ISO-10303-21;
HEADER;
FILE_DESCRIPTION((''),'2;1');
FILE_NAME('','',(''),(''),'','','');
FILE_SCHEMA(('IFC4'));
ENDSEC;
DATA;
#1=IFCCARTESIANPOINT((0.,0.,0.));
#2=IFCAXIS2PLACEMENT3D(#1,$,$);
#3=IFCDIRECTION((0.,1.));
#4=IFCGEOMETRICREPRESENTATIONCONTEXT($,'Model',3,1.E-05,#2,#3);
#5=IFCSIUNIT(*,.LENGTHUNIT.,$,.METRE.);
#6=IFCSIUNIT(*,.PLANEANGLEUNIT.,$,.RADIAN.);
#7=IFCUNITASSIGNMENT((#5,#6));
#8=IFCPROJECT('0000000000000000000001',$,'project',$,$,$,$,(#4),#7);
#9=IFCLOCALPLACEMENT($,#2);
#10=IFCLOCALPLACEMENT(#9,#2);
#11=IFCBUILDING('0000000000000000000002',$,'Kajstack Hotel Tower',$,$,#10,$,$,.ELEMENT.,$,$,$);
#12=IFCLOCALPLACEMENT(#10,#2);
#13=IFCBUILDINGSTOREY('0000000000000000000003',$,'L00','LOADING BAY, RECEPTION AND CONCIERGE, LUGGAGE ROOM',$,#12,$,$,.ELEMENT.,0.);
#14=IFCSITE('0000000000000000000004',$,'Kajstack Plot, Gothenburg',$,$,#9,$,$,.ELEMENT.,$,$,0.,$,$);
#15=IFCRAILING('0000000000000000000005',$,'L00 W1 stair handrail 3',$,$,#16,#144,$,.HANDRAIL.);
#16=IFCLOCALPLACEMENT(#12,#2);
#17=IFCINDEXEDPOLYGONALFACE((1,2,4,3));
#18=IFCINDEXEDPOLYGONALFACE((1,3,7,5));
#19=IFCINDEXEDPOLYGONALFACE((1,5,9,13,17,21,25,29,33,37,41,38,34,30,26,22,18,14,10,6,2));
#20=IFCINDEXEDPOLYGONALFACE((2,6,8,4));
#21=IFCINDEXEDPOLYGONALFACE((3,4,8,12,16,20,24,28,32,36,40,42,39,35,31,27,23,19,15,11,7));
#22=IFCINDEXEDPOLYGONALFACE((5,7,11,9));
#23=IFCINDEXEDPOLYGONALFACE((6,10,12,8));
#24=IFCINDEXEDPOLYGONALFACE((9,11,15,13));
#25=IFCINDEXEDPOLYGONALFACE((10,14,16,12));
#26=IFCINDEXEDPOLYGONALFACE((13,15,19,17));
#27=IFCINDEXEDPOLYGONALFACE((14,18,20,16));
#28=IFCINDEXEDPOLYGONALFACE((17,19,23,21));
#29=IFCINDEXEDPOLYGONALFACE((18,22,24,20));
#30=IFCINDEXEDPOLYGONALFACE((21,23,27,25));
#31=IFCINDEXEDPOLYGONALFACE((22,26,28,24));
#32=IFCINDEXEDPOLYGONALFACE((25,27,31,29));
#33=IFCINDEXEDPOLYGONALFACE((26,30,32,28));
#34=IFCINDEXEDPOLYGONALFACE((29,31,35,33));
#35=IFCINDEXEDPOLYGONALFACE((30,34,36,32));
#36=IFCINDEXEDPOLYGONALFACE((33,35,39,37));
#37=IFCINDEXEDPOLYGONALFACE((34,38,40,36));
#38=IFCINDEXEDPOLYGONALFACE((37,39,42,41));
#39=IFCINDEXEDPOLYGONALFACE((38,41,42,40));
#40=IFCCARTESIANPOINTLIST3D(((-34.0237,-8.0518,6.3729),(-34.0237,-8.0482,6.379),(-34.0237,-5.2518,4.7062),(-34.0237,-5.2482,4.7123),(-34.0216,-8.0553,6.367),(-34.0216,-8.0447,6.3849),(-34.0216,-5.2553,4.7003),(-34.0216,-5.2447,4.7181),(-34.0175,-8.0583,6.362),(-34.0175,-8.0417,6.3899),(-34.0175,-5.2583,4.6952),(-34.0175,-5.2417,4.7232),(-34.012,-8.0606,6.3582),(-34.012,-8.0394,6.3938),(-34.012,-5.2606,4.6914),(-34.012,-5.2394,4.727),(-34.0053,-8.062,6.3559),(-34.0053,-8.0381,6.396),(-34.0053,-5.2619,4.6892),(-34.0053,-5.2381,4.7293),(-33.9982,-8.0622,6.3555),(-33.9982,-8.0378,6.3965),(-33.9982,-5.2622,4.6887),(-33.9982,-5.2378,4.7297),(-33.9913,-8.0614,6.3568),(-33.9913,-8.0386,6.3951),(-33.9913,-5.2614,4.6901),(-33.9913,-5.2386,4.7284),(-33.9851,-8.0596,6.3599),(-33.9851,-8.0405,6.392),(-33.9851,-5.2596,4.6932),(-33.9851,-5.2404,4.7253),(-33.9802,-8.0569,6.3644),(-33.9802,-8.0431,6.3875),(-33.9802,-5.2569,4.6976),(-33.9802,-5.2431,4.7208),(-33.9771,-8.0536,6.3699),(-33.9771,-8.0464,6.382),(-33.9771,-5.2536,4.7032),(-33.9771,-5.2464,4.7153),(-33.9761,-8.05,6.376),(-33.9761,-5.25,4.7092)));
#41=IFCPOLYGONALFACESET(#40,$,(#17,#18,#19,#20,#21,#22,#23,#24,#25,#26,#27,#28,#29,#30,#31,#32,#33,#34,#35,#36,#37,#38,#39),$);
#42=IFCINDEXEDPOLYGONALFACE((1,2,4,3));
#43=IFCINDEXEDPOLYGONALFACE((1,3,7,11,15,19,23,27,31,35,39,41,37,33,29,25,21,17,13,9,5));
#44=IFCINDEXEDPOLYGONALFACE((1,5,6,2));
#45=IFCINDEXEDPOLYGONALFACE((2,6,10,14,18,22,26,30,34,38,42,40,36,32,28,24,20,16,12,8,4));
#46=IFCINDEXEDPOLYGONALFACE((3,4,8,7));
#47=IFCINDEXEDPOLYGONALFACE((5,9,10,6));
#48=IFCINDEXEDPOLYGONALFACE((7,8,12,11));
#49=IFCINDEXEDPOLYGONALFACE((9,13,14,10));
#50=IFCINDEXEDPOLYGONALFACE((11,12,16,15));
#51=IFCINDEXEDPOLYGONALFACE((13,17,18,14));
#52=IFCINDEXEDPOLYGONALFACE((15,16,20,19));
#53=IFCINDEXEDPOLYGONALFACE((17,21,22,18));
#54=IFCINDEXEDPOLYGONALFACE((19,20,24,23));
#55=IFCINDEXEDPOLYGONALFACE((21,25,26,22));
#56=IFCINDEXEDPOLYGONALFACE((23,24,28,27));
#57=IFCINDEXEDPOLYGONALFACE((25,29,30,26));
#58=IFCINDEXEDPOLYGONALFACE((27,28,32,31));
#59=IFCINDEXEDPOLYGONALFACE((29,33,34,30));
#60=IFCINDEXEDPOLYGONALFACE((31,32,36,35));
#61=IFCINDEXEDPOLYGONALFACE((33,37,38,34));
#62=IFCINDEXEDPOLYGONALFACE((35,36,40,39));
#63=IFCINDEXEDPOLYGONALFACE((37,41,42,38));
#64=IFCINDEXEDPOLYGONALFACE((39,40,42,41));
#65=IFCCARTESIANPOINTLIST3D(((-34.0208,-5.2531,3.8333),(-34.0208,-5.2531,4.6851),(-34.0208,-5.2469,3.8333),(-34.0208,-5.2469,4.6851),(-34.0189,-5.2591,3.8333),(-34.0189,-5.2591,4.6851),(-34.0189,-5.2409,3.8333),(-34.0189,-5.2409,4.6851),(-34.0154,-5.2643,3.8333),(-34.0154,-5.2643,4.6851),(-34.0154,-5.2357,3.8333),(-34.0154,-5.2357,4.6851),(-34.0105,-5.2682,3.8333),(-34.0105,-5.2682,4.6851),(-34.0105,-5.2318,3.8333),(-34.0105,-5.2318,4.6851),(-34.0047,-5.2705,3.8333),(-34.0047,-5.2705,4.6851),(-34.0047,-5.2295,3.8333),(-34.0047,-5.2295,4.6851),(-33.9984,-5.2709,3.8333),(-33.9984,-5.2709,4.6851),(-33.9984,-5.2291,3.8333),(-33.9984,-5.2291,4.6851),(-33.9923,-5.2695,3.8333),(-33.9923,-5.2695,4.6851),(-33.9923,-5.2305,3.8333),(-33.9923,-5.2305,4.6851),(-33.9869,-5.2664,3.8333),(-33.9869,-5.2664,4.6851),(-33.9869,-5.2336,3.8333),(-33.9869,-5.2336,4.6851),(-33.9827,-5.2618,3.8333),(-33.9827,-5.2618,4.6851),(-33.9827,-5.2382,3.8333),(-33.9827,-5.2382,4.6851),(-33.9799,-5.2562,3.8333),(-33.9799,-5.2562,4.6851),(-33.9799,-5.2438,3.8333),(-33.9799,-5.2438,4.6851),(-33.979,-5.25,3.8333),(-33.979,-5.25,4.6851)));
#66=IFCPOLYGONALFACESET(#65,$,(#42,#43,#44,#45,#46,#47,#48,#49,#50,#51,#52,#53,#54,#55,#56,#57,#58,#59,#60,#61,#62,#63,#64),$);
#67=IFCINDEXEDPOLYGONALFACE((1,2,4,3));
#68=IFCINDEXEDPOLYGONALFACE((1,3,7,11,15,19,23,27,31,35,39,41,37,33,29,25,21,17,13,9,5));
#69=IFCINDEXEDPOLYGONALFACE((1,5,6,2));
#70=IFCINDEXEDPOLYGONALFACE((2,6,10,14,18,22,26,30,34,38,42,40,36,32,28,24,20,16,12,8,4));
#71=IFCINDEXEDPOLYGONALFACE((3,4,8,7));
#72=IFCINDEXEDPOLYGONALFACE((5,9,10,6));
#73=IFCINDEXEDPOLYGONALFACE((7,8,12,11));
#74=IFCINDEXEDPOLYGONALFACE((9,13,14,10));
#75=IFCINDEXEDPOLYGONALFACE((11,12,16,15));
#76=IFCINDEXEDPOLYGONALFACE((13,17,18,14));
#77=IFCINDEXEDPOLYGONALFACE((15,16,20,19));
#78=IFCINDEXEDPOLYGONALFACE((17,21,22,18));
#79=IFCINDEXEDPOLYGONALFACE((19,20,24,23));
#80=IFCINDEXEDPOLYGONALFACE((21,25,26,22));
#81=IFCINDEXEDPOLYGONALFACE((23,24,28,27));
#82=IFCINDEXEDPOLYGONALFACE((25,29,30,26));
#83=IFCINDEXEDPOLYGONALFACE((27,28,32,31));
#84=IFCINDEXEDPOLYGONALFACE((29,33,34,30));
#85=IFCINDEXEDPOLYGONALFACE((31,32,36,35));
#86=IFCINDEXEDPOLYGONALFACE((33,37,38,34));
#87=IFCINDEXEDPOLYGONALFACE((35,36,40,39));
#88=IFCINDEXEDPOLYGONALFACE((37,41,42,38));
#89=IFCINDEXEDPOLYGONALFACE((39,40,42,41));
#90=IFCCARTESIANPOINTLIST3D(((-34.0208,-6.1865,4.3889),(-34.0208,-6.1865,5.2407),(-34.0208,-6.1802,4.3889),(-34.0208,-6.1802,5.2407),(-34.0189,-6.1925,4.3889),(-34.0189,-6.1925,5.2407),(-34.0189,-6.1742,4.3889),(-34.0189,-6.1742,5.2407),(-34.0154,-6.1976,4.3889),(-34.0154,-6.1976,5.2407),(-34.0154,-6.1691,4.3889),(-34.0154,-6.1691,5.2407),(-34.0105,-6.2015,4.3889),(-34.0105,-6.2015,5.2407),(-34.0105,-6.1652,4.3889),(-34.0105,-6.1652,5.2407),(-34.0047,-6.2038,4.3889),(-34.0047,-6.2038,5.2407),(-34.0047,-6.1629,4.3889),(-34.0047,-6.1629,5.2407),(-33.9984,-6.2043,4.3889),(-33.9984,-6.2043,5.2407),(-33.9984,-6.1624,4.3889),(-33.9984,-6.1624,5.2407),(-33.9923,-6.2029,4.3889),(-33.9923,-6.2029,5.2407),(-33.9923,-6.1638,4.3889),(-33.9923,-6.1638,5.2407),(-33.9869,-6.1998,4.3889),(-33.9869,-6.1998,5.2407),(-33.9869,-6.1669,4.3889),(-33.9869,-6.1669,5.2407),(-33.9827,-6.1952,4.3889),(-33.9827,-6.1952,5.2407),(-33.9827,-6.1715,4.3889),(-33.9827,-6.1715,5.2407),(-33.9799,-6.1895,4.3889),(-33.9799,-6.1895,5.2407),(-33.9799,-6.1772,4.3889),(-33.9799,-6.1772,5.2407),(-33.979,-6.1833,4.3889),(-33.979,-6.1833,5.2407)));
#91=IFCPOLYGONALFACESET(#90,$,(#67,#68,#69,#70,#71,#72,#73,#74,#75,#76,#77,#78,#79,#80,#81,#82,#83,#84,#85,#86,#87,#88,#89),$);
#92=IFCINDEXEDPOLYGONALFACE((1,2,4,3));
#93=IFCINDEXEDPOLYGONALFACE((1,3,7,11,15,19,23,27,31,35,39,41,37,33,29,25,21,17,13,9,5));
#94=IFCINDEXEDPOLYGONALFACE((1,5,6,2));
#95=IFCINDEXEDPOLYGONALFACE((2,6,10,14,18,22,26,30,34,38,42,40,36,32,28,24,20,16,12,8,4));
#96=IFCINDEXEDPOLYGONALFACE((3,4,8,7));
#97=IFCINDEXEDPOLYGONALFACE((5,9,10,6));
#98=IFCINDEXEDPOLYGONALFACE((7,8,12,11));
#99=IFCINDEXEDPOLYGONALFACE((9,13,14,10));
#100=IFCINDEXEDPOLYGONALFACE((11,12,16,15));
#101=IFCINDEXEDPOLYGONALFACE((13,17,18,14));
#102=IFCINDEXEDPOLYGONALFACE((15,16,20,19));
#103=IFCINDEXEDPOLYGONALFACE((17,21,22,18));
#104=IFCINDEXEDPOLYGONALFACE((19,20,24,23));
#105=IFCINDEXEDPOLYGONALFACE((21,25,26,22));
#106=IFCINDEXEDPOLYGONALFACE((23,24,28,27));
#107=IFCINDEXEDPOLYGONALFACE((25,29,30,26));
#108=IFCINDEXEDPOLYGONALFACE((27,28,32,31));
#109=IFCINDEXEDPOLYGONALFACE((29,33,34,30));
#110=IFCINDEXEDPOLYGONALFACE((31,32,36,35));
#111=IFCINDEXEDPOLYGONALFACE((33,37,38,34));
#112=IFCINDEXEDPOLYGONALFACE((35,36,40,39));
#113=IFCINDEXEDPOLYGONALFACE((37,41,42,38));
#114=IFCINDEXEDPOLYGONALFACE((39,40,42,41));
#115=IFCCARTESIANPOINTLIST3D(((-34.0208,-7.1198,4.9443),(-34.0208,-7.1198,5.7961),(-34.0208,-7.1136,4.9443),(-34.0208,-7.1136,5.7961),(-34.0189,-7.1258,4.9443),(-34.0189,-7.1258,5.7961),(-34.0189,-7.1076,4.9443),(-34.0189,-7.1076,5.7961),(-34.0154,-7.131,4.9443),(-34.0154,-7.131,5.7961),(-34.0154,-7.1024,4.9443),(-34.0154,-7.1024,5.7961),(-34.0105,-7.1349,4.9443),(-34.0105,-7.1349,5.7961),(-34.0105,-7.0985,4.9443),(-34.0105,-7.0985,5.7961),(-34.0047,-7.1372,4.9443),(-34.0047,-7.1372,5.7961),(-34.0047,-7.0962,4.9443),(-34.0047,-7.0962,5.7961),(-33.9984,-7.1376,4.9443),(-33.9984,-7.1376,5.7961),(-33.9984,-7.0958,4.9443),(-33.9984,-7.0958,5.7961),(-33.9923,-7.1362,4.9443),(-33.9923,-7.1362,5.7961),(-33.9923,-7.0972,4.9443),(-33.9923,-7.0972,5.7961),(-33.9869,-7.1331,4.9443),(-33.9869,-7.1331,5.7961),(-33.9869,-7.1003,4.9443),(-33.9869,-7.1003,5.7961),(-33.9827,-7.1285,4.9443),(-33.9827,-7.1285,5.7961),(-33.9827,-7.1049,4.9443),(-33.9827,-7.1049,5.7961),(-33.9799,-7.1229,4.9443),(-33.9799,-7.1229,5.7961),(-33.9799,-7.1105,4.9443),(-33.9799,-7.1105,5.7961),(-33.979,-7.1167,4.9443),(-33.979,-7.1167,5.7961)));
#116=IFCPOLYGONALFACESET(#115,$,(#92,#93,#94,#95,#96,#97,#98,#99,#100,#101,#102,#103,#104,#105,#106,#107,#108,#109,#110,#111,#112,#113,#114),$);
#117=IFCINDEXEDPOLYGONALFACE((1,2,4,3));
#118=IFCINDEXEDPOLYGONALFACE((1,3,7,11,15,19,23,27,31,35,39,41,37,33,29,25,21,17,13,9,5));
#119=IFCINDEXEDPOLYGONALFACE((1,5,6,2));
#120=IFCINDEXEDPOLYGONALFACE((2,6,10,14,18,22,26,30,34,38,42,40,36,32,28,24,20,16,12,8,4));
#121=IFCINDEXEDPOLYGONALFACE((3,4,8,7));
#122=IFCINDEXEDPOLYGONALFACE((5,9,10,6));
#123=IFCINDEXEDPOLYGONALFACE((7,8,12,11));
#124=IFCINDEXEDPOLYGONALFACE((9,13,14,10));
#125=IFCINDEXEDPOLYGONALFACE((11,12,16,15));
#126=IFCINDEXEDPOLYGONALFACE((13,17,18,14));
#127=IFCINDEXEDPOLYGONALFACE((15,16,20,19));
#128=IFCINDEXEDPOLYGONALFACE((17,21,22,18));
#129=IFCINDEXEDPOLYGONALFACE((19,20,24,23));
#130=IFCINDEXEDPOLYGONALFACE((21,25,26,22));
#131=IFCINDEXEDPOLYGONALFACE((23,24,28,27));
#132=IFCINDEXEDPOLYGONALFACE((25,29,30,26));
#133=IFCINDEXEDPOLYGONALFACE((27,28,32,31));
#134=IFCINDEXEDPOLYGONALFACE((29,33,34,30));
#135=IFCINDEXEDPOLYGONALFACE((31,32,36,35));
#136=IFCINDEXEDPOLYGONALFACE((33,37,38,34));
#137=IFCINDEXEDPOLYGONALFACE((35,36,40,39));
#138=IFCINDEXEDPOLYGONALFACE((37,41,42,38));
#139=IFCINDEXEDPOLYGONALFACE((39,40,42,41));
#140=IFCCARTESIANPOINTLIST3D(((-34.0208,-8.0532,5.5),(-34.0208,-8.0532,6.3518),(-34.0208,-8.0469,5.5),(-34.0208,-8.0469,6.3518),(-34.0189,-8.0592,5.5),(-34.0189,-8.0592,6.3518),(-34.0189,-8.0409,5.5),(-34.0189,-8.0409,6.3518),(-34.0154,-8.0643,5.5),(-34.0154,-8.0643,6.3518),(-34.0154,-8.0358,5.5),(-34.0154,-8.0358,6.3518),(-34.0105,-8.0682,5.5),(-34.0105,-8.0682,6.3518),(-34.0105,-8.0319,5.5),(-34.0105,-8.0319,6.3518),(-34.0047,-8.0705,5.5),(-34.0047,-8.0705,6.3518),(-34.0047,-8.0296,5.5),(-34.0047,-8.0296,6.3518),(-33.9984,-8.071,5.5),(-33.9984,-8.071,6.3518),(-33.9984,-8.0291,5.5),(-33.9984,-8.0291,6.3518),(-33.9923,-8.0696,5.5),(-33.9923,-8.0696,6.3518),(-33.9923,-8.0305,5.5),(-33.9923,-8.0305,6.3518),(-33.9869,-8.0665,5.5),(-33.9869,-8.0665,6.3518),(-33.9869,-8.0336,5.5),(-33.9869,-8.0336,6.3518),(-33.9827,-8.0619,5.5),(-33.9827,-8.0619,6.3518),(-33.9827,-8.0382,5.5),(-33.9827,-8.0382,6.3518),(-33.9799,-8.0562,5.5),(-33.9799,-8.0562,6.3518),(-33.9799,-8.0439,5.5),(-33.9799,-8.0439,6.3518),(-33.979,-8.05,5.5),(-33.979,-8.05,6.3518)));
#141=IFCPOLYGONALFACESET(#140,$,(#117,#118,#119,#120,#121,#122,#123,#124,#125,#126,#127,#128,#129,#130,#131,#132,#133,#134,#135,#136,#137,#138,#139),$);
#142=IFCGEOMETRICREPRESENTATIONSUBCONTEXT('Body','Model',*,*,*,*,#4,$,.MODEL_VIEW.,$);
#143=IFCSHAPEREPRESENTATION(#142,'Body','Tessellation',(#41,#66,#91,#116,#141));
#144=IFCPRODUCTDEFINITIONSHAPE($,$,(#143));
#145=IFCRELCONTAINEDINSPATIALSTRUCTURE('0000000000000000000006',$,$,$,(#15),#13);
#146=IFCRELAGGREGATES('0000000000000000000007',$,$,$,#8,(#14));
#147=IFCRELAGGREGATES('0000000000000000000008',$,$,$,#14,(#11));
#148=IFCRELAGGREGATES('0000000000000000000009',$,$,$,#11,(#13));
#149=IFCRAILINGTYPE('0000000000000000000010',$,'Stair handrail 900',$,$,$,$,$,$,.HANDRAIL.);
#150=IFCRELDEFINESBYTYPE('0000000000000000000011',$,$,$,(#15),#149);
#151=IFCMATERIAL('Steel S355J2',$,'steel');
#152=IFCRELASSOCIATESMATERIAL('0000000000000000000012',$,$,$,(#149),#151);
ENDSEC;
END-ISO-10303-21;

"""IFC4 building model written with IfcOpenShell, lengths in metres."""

from ifc_helpers import new_model, si_unit, direction, frame, origin, origin_2d, place, context, subcontext, project, spatial, circle, extrude, material, type_object, element, save


model = new_model("IFC4")

# Units and contexts
model_context = context("Model", 3, precision=1e-05, world=origin(), true_north=direction((0.0, 1.0)))
body_context = subcontext(model_context, "Body", "Model", "MODEL_VIEW")
ifc_project = project(units=[si_unit("LENGTHUNIT", "METRE"), si_unit("PLANEANGLEUNIT", "RADIAN")], contexts=[model_context])

# Site, building, storey
site_placement = place(None, origin())
site = spatial("IfcSite", under=ifc_project, at=site_placement, Name="Kajstack Plot, Gothenburg", CompositionType="ELEMENT", RefElevation=0.0)
building_placement = place(site_placement, origin())
building = spatial("IfcBuilding", under=site, at=building_placement, Name="Kajstack Hotel Tower", CompositionType="ELEMENT")
storey_placement = place(building_placement, origin())
storey = spatial("IfcBuildingStorey", under=building, at=storey_placement, Name="L00", Description="LOADING BAY, RECEPTION AND CONCIERGE, LUGGAGE ROOM", CompositionType="ELEMENT", Elevation=0.0)

# Railing
ifc_material_1 = material(Name="Steel S355J2", Category="steel")
railing_type_1 = type_object("IfcRailingType", Name="Stair handrail 900", PredefinedType="HANDRAIL", material=ifc_material_1)
railing_1_placement = place(storey_placement, frame((-34.0, -5.25, 3.8333)))
element("IfcRailing", 1, at=railing_1_placement, inside=storey, type_object=railing_type_1, Name="L00 W1 stair handrail 3", PredefinedType="HANDRAIL", context=body_context, shape_type="SweptSolid", body=[
    extrude(circle(Radius=0.0239, at=origin_2d()), frame((0.0, 0.0, 0.876), z_axis=(0.0, -0.859286, 0.511496), x_axis=(1.0, 0.0, 0.0)), (0.0, 0.0, 1.0), 3.2585),
    extrude(circle(Radius=0.021, at=origin_2d()), origin(), (0.0, 0.0, 1.0), 0.8518),
    extrude(circle(Radius=0.021, at=origin_2d()), frame((0.0, -0.9333, 0.5557)), (0.0, 0.0, 1.0), 0.8518),
    extrude(circle(Radius=0.021, at=origin_2d()), frame((0.0, -1.8667, 1.1111)), (0.0, 0.0, 1.0), 0.8518),
    extrude(circle(Radius=0.021, at=origin_2d()), frame((0.0, -2.8, 1.6667)), (0.0, 0.0, 1.0), 0.8518),
])

save(model, "model.ifc")
